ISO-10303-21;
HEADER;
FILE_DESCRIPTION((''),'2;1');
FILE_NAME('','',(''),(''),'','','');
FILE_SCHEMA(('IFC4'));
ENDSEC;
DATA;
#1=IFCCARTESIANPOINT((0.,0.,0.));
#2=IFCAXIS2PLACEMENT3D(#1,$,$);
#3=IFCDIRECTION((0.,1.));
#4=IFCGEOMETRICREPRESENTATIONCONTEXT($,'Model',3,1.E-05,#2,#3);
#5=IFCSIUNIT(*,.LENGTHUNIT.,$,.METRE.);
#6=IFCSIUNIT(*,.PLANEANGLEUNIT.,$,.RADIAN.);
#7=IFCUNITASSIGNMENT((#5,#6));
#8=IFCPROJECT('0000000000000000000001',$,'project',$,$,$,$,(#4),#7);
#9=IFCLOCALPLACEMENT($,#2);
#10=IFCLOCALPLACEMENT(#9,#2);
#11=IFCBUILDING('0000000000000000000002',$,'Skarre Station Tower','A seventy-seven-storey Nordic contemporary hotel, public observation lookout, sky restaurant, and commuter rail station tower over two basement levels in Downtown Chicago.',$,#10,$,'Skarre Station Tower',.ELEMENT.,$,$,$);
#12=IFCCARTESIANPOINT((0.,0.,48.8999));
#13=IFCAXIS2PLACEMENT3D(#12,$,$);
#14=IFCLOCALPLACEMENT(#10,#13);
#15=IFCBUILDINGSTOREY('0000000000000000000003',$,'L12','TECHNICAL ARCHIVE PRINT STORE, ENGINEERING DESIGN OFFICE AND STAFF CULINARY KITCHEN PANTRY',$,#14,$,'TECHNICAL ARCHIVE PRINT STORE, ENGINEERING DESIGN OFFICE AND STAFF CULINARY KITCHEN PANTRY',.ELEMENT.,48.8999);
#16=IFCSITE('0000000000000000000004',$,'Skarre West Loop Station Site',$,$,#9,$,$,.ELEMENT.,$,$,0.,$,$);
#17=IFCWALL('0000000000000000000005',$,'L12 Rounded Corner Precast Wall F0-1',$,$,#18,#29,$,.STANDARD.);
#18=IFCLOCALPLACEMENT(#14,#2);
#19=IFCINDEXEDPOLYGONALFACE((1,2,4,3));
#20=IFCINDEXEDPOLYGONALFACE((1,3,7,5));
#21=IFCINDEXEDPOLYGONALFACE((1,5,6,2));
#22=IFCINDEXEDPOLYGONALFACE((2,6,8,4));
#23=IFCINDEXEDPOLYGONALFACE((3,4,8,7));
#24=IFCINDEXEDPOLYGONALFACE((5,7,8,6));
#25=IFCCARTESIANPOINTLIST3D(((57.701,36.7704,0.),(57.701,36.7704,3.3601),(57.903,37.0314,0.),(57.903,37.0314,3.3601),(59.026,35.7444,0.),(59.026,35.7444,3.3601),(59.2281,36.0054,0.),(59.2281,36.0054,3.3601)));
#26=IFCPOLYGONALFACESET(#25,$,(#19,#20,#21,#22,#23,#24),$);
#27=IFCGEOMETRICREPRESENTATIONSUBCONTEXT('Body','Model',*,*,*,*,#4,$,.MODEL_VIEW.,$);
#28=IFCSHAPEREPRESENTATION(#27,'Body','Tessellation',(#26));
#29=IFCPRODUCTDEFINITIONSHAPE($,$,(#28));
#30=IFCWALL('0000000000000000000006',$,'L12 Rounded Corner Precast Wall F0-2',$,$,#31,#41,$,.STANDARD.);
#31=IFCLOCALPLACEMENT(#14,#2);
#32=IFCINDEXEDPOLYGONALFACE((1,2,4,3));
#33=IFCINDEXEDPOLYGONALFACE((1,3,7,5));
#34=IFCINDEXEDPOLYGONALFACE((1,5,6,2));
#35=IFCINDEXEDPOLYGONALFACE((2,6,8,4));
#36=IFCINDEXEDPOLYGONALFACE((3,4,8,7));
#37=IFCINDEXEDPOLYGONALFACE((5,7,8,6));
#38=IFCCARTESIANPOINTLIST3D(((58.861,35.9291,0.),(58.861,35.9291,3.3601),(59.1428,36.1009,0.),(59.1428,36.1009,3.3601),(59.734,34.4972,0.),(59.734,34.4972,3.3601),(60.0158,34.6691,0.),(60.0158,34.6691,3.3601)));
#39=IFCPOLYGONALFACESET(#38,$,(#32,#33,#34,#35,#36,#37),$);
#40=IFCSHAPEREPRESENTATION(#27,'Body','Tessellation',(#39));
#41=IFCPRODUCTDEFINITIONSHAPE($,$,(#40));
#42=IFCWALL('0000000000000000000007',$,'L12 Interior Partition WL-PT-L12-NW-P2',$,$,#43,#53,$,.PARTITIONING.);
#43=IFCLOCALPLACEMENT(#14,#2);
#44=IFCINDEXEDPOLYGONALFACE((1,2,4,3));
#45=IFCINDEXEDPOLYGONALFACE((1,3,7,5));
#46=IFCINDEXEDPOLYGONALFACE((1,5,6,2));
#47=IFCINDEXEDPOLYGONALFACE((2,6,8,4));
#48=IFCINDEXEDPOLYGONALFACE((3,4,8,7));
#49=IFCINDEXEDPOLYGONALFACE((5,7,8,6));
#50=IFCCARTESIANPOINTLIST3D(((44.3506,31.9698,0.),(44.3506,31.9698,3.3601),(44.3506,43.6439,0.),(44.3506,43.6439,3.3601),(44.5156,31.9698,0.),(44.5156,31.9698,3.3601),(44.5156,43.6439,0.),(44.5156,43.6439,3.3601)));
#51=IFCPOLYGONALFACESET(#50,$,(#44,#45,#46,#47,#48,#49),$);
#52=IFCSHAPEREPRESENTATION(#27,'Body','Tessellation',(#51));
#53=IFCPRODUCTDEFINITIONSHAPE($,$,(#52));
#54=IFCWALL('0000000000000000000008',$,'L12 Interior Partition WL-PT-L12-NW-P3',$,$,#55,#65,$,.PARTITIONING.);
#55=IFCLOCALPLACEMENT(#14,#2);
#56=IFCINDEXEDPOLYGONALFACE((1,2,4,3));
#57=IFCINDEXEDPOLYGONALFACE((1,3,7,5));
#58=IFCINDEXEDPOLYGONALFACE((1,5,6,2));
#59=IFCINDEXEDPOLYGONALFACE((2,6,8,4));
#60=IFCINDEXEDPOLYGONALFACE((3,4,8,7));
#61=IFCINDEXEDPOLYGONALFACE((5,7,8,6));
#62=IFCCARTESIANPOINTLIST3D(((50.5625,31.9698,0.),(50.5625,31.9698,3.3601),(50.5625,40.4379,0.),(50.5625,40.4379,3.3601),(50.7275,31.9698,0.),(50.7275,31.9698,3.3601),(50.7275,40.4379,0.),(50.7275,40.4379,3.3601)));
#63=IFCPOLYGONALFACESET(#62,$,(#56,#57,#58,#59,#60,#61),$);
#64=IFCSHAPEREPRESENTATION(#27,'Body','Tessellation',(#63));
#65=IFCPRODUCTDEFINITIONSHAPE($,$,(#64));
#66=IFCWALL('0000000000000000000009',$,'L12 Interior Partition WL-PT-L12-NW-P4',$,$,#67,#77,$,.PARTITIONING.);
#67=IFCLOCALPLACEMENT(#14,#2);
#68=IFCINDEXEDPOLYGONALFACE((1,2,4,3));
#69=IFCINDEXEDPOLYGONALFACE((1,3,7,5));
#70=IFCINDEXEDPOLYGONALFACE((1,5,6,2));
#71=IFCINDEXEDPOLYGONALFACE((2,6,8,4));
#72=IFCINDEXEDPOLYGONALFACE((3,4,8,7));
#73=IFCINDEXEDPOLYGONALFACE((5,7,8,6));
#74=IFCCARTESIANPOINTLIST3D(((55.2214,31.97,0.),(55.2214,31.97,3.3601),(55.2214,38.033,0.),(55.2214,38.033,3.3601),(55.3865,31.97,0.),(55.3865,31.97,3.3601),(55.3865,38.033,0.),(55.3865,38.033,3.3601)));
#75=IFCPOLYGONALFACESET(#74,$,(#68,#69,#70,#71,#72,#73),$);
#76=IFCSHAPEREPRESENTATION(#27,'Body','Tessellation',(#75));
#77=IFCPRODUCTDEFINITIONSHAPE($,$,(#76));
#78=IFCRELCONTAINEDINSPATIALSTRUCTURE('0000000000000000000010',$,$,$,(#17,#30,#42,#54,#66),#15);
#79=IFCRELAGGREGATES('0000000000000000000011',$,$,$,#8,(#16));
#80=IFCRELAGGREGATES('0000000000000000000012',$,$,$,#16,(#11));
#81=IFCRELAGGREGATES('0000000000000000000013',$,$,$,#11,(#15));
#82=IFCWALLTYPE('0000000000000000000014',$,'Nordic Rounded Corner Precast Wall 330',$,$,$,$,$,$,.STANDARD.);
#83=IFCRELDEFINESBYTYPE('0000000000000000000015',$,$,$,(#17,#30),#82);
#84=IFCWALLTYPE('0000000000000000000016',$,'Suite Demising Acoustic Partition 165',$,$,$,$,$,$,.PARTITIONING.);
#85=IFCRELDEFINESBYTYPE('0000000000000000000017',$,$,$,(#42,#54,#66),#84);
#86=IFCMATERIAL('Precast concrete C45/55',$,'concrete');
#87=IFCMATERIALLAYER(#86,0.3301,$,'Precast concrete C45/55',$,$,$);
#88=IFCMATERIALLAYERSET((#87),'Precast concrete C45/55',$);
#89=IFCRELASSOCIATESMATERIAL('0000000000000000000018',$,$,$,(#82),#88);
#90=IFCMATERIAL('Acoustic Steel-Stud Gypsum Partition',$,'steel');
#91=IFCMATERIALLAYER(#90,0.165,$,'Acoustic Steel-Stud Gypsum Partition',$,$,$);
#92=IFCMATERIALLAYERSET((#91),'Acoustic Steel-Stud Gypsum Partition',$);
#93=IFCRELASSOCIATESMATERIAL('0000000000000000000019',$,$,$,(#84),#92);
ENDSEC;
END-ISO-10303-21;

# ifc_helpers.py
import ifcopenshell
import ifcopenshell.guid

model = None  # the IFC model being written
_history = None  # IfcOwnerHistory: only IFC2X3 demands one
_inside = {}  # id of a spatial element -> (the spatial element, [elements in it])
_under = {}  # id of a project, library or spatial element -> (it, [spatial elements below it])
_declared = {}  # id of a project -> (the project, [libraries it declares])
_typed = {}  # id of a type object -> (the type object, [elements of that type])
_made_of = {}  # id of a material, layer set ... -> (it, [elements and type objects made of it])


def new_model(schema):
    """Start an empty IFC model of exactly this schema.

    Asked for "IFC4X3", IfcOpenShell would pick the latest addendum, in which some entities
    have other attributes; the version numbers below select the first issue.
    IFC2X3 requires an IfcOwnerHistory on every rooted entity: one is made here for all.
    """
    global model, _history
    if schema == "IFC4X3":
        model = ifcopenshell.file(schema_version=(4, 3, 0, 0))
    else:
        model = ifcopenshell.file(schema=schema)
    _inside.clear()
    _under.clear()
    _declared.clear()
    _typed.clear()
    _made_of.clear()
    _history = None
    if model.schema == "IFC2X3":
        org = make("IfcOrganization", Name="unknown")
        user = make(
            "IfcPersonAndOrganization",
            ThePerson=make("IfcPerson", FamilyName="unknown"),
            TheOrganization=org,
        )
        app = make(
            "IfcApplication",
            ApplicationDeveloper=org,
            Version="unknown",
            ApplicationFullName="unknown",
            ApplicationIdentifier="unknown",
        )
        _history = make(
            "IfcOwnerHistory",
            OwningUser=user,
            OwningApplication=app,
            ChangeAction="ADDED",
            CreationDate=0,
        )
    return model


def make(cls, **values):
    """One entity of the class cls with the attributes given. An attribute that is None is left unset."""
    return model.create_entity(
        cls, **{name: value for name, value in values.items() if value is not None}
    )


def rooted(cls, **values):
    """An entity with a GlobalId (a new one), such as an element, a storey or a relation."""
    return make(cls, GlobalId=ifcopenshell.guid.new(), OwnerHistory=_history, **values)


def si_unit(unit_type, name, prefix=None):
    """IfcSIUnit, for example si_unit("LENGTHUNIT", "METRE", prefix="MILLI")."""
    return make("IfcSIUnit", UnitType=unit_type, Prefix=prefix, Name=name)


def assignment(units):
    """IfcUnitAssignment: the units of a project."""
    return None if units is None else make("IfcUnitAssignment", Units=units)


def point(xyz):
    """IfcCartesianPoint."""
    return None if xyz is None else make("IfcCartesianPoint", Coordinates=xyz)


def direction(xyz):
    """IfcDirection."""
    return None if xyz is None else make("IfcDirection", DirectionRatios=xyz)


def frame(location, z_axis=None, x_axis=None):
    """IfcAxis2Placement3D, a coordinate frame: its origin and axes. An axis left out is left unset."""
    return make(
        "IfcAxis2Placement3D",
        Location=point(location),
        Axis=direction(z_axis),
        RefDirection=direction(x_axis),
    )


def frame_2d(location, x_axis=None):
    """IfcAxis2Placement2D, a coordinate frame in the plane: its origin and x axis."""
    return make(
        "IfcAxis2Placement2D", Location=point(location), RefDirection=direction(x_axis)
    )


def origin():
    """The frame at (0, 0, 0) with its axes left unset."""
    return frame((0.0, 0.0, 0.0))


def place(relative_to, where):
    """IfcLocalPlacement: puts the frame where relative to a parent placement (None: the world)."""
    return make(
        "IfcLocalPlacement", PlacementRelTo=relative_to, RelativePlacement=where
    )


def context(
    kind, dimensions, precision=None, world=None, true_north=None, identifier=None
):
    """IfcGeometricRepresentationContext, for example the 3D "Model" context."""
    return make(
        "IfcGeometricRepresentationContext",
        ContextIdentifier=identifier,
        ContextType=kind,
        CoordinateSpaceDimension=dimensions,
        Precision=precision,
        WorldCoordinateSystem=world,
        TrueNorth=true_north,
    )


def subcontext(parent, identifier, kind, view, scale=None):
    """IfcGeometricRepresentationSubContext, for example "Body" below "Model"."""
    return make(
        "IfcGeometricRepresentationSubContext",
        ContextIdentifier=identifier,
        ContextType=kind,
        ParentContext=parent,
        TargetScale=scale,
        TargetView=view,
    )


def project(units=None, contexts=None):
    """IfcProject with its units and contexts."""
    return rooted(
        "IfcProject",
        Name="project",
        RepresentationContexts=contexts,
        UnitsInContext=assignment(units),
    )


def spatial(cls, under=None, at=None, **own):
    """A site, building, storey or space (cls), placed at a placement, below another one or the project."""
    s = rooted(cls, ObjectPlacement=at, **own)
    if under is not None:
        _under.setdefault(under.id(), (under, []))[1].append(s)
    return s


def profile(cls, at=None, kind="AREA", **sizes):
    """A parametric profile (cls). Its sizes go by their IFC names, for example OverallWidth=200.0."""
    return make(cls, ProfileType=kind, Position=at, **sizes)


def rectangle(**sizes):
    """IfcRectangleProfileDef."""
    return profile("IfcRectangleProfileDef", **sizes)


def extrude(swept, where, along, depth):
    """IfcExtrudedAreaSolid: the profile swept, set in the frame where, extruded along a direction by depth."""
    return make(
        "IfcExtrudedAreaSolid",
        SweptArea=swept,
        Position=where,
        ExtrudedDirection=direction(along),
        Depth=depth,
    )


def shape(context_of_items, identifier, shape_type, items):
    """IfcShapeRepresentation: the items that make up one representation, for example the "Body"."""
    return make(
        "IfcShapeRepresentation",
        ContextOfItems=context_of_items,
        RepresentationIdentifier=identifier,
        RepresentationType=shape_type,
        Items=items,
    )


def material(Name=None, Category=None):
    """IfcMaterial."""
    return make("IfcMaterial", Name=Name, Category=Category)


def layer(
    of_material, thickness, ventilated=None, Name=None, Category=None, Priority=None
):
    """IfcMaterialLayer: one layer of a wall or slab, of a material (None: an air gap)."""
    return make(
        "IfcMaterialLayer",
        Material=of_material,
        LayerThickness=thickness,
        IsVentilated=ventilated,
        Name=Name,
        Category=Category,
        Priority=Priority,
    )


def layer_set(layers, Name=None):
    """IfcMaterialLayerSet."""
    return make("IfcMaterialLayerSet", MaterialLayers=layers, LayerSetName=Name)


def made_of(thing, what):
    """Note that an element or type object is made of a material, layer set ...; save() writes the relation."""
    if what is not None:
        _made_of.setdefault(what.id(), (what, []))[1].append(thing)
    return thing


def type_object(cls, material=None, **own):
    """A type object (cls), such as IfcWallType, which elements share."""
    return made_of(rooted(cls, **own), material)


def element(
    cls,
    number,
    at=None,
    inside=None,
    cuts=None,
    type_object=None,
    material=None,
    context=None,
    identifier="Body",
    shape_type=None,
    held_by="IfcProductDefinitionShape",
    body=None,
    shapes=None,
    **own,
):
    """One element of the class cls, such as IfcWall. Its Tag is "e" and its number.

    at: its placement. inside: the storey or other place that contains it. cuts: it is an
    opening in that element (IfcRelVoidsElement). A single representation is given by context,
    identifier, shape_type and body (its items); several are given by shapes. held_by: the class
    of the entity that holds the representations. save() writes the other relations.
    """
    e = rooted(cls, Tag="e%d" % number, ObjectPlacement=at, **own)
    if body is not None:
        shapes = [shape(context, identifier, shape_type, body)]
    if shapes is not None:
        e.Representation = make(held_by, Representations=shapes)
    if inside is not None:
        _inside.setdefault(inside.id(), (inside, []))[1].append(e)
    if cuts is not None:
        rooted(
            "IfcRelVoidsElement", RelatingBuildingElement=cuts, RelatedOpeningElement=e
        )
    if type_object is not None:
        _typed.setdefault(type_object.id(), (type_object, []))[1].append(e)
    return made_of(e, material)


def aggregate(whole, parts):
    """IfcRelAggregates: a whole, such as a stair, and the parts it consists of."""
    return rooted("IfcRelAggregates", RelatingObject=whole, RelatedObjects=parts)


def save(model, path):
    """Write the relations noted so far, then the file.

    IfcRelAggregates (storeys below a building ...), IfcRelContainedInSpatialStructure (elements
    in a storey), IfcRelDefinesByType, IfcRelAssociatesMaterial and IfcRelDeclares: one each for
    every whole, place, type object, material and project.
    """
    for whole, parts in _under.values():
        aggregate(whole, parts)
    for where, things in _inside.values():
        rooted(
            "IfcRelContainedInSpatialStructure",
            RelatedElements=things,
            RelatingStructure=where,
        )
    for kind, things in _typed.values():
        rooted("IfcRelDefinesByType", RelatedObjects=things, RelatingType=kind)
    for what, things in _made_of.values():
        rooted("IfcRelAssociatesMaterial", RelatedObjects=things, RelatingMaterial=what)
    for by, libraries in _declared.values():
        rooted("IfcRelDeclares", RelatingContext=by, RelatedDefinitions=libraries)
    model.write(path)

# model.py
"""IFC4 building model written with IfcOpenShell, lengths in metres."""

from ifc_helpers import new_model, si_unit, direction, frame, frame_2d, origin, place, context, subcontext, project, spatial, rectangle, extrude, material, layer, layer_set, type_object, element, save


model = new_model("IFC4")

# Units and contexts
model_context = context("Model", 3, precision=1e-05, world=origin(), true_north=direction((0.0, 1.0)))
body_context = subcontext(model_context, "Body", "Model", "MODEL_VIEW")
ifc_project = project(units=[si_unit("LENGTHUNIT", "METRE"), si_unit("PLANEANGLEUNIT", "RADIAN")], contexts=[model_context])

# Site, building, storey
site_placement = place(None, origin())
site = spatial("IfcSite", under=ifc_project, at=site_placement, Name="Skarre West Loop Station Site", CompositionType="ELEMENT", RefElevation=0.0)
building_placement = place(site_placement, origin())
building = spatial("IfcBuilding", under=site, at=building_placement, Name="Skarre Station Tower", Description="A seventy-seven-storey Nordic contemporary hotel, public observation lookout, sky restaurant, and commuter rail station tower over two basement levels in Downtown Chicago.", LongName="Skarre Station Tower", CompositionType="ELEMENT")
storey_placement = place(building_placement, frame((0.0, 0.0, 48.8999)))
storey = spatial("IfcBuildingStorey", under=building, at=storey_placement, Name="L12", Description="TECHNICAL ARCHIVE PRINT STORE, ENGINEERING DESIGN OFFICE AND STAFF CULINARY KITCHEN PANTRY", LongName="TECHNICAL ARCHIVE PRINT STORE, ENGINEERING DESIGN OFFICE AND STAFF CULINARY KITCHEN PANTRY", CompositionType="ELEMENT", Elevation=48.8999)

# Shared definitions
ifc_material_1 = material(Name="Acoustic Steel-Stud Gypsum Partition", Category="steel")

# Walls
ifc_material_2 = material(Name="Precast concrete C45/55", Category="concrete")
ifc_layer_1 = layer(ifc_material_2, 0.3301, Name="Precast concrete C45/55")
ifc_layer_set_1 = layer_set([ifc_layer_1], Name="Precast concrete C45/55")
wall_type_1 = type_object("IfcWallType", Name="Nordic Rounded Corner Precast Wall 330", PredefinedType="STANDARD", material=ifc_layer_set_1)
wall_1_placement = place(storey_placement, frame((57.802, 36.9009, 0.0), z_axis=(0.0, 0.0, 1.0), x_axis=(0.790692, -0.612214, 0.0)))
element("IfcWall", 1, at=wall_1_placement, inside=storey, type_object=wall_type_1, Name="L12 Rounded Corner Precast Wall F0-1", PredefinedType="STANDARD", context=body_context, shape_type="SweptSolid", body=[
    extrude(rectangle(XDim=1.6758, YDim=0.3301, at=frame_2d((0.8379, 0.0))), origin(), (0.0, 0.0, 1.0), 3.3601),
])
wall_2_placement = place(storey_placement, frame((59.002, 36.0149, 0.0), z_axis=(0.0, 0.0, 1.0), x_axis=(0.520584, -0.85381, 0.0)))
element("IfcWall", 2, at=wall_2_placement, inside=storey, type_object=wall_type_1, Name="L12 Rounded Corner Precast Wall F0-2", PredefinedType="STANDARD", context=body_context, shape_type="SweptSolid", body=[
    extrude(rectangle(XDim=1.677, YDim=0.3301, at=frame_2d((0.8384, 0.0))), origin(), (0.0, 0.0, 1.0), 3.3601),
])
ifc_layer_2 = layer(ifc_material_1, 0.165, Name="Acoustic Steel-Stud Gypsum Partition")
ifc_layer_set_2 = layer_set([ifc_layer_2], Name="Acoustic Steel-Stud Gypsum Partition")
wall_type_2 = type_object("IfcWallType", Name="Suite Demising Acoustic Partition 165", PredefinedType="PARTITIONING", material=ifc_layer_set_2)
wall_3_placement = place(storey_placement, frame((44.4331, 31.97, 0.0), z_axis=(0.0, 0.0, 1.0), x_axis=(0.0, 1.0, 0.0)))
element("IfcWall", 3, at=wall_3_placement, inside=storey, type_object=wall_type_2, Name="L12 Interior Partition WL-PT-L12-NW-P2", PredefinedType="PARTITIONING", context=body_context, shape_type="SweptSolid", body=[
    extrude(rectangle(XDim=11.6741, YDim=0.165, at=frame_2d((5.8369, 0.0))), origin(), (0.0, 0.0, 1.0), 3.3601),
])
wall_4_placement = place(storey_placement, frame((50.645, 31.97, 0.0), z_axis=(0.0, 0.0, 1.0), x_axis=(0.0, 1.0, 0.0)))
element("IfcWall", 4, at=wall_4_placement, inside=storey, type_object=wall_type_2, Name="L12 Interior Partition WL-PT-L12-NW-P3", PredefinedType="PARTITIONING", context=body_context, shape_type="SweptSolid", body=[
    extrude(rectangle(XDim=8.468, YDim=0.165, at=frame_2d((4.2339, 0.0))), origin(), (0.0, 0.0, 1.0), 3.3601),
])
wall_5_placement = place(storey_placement, frame((55.304, 31.97, 0.0), z_axis=(0.0, 0.0, 1.0), x_axis=(0.0, 1.0, 0.0)))
element("IfcWall", 5, at=wall_5_placement, inside=storey, type_object=wall_type_2, Name="L12 Interior Partition WL-PT-L12-NW-P4", PredefinedType="PARTITIONING", context=body_context, shape_type="SweptSolid", body=[
    extrude(rectangle(XDim=6.063, YDim=0.165, at=frame_2d((3.0315, 0.0))), origin(), (0.0, 0.0, 1.0), 3.3601),
])

save(model, "model.ifc")
